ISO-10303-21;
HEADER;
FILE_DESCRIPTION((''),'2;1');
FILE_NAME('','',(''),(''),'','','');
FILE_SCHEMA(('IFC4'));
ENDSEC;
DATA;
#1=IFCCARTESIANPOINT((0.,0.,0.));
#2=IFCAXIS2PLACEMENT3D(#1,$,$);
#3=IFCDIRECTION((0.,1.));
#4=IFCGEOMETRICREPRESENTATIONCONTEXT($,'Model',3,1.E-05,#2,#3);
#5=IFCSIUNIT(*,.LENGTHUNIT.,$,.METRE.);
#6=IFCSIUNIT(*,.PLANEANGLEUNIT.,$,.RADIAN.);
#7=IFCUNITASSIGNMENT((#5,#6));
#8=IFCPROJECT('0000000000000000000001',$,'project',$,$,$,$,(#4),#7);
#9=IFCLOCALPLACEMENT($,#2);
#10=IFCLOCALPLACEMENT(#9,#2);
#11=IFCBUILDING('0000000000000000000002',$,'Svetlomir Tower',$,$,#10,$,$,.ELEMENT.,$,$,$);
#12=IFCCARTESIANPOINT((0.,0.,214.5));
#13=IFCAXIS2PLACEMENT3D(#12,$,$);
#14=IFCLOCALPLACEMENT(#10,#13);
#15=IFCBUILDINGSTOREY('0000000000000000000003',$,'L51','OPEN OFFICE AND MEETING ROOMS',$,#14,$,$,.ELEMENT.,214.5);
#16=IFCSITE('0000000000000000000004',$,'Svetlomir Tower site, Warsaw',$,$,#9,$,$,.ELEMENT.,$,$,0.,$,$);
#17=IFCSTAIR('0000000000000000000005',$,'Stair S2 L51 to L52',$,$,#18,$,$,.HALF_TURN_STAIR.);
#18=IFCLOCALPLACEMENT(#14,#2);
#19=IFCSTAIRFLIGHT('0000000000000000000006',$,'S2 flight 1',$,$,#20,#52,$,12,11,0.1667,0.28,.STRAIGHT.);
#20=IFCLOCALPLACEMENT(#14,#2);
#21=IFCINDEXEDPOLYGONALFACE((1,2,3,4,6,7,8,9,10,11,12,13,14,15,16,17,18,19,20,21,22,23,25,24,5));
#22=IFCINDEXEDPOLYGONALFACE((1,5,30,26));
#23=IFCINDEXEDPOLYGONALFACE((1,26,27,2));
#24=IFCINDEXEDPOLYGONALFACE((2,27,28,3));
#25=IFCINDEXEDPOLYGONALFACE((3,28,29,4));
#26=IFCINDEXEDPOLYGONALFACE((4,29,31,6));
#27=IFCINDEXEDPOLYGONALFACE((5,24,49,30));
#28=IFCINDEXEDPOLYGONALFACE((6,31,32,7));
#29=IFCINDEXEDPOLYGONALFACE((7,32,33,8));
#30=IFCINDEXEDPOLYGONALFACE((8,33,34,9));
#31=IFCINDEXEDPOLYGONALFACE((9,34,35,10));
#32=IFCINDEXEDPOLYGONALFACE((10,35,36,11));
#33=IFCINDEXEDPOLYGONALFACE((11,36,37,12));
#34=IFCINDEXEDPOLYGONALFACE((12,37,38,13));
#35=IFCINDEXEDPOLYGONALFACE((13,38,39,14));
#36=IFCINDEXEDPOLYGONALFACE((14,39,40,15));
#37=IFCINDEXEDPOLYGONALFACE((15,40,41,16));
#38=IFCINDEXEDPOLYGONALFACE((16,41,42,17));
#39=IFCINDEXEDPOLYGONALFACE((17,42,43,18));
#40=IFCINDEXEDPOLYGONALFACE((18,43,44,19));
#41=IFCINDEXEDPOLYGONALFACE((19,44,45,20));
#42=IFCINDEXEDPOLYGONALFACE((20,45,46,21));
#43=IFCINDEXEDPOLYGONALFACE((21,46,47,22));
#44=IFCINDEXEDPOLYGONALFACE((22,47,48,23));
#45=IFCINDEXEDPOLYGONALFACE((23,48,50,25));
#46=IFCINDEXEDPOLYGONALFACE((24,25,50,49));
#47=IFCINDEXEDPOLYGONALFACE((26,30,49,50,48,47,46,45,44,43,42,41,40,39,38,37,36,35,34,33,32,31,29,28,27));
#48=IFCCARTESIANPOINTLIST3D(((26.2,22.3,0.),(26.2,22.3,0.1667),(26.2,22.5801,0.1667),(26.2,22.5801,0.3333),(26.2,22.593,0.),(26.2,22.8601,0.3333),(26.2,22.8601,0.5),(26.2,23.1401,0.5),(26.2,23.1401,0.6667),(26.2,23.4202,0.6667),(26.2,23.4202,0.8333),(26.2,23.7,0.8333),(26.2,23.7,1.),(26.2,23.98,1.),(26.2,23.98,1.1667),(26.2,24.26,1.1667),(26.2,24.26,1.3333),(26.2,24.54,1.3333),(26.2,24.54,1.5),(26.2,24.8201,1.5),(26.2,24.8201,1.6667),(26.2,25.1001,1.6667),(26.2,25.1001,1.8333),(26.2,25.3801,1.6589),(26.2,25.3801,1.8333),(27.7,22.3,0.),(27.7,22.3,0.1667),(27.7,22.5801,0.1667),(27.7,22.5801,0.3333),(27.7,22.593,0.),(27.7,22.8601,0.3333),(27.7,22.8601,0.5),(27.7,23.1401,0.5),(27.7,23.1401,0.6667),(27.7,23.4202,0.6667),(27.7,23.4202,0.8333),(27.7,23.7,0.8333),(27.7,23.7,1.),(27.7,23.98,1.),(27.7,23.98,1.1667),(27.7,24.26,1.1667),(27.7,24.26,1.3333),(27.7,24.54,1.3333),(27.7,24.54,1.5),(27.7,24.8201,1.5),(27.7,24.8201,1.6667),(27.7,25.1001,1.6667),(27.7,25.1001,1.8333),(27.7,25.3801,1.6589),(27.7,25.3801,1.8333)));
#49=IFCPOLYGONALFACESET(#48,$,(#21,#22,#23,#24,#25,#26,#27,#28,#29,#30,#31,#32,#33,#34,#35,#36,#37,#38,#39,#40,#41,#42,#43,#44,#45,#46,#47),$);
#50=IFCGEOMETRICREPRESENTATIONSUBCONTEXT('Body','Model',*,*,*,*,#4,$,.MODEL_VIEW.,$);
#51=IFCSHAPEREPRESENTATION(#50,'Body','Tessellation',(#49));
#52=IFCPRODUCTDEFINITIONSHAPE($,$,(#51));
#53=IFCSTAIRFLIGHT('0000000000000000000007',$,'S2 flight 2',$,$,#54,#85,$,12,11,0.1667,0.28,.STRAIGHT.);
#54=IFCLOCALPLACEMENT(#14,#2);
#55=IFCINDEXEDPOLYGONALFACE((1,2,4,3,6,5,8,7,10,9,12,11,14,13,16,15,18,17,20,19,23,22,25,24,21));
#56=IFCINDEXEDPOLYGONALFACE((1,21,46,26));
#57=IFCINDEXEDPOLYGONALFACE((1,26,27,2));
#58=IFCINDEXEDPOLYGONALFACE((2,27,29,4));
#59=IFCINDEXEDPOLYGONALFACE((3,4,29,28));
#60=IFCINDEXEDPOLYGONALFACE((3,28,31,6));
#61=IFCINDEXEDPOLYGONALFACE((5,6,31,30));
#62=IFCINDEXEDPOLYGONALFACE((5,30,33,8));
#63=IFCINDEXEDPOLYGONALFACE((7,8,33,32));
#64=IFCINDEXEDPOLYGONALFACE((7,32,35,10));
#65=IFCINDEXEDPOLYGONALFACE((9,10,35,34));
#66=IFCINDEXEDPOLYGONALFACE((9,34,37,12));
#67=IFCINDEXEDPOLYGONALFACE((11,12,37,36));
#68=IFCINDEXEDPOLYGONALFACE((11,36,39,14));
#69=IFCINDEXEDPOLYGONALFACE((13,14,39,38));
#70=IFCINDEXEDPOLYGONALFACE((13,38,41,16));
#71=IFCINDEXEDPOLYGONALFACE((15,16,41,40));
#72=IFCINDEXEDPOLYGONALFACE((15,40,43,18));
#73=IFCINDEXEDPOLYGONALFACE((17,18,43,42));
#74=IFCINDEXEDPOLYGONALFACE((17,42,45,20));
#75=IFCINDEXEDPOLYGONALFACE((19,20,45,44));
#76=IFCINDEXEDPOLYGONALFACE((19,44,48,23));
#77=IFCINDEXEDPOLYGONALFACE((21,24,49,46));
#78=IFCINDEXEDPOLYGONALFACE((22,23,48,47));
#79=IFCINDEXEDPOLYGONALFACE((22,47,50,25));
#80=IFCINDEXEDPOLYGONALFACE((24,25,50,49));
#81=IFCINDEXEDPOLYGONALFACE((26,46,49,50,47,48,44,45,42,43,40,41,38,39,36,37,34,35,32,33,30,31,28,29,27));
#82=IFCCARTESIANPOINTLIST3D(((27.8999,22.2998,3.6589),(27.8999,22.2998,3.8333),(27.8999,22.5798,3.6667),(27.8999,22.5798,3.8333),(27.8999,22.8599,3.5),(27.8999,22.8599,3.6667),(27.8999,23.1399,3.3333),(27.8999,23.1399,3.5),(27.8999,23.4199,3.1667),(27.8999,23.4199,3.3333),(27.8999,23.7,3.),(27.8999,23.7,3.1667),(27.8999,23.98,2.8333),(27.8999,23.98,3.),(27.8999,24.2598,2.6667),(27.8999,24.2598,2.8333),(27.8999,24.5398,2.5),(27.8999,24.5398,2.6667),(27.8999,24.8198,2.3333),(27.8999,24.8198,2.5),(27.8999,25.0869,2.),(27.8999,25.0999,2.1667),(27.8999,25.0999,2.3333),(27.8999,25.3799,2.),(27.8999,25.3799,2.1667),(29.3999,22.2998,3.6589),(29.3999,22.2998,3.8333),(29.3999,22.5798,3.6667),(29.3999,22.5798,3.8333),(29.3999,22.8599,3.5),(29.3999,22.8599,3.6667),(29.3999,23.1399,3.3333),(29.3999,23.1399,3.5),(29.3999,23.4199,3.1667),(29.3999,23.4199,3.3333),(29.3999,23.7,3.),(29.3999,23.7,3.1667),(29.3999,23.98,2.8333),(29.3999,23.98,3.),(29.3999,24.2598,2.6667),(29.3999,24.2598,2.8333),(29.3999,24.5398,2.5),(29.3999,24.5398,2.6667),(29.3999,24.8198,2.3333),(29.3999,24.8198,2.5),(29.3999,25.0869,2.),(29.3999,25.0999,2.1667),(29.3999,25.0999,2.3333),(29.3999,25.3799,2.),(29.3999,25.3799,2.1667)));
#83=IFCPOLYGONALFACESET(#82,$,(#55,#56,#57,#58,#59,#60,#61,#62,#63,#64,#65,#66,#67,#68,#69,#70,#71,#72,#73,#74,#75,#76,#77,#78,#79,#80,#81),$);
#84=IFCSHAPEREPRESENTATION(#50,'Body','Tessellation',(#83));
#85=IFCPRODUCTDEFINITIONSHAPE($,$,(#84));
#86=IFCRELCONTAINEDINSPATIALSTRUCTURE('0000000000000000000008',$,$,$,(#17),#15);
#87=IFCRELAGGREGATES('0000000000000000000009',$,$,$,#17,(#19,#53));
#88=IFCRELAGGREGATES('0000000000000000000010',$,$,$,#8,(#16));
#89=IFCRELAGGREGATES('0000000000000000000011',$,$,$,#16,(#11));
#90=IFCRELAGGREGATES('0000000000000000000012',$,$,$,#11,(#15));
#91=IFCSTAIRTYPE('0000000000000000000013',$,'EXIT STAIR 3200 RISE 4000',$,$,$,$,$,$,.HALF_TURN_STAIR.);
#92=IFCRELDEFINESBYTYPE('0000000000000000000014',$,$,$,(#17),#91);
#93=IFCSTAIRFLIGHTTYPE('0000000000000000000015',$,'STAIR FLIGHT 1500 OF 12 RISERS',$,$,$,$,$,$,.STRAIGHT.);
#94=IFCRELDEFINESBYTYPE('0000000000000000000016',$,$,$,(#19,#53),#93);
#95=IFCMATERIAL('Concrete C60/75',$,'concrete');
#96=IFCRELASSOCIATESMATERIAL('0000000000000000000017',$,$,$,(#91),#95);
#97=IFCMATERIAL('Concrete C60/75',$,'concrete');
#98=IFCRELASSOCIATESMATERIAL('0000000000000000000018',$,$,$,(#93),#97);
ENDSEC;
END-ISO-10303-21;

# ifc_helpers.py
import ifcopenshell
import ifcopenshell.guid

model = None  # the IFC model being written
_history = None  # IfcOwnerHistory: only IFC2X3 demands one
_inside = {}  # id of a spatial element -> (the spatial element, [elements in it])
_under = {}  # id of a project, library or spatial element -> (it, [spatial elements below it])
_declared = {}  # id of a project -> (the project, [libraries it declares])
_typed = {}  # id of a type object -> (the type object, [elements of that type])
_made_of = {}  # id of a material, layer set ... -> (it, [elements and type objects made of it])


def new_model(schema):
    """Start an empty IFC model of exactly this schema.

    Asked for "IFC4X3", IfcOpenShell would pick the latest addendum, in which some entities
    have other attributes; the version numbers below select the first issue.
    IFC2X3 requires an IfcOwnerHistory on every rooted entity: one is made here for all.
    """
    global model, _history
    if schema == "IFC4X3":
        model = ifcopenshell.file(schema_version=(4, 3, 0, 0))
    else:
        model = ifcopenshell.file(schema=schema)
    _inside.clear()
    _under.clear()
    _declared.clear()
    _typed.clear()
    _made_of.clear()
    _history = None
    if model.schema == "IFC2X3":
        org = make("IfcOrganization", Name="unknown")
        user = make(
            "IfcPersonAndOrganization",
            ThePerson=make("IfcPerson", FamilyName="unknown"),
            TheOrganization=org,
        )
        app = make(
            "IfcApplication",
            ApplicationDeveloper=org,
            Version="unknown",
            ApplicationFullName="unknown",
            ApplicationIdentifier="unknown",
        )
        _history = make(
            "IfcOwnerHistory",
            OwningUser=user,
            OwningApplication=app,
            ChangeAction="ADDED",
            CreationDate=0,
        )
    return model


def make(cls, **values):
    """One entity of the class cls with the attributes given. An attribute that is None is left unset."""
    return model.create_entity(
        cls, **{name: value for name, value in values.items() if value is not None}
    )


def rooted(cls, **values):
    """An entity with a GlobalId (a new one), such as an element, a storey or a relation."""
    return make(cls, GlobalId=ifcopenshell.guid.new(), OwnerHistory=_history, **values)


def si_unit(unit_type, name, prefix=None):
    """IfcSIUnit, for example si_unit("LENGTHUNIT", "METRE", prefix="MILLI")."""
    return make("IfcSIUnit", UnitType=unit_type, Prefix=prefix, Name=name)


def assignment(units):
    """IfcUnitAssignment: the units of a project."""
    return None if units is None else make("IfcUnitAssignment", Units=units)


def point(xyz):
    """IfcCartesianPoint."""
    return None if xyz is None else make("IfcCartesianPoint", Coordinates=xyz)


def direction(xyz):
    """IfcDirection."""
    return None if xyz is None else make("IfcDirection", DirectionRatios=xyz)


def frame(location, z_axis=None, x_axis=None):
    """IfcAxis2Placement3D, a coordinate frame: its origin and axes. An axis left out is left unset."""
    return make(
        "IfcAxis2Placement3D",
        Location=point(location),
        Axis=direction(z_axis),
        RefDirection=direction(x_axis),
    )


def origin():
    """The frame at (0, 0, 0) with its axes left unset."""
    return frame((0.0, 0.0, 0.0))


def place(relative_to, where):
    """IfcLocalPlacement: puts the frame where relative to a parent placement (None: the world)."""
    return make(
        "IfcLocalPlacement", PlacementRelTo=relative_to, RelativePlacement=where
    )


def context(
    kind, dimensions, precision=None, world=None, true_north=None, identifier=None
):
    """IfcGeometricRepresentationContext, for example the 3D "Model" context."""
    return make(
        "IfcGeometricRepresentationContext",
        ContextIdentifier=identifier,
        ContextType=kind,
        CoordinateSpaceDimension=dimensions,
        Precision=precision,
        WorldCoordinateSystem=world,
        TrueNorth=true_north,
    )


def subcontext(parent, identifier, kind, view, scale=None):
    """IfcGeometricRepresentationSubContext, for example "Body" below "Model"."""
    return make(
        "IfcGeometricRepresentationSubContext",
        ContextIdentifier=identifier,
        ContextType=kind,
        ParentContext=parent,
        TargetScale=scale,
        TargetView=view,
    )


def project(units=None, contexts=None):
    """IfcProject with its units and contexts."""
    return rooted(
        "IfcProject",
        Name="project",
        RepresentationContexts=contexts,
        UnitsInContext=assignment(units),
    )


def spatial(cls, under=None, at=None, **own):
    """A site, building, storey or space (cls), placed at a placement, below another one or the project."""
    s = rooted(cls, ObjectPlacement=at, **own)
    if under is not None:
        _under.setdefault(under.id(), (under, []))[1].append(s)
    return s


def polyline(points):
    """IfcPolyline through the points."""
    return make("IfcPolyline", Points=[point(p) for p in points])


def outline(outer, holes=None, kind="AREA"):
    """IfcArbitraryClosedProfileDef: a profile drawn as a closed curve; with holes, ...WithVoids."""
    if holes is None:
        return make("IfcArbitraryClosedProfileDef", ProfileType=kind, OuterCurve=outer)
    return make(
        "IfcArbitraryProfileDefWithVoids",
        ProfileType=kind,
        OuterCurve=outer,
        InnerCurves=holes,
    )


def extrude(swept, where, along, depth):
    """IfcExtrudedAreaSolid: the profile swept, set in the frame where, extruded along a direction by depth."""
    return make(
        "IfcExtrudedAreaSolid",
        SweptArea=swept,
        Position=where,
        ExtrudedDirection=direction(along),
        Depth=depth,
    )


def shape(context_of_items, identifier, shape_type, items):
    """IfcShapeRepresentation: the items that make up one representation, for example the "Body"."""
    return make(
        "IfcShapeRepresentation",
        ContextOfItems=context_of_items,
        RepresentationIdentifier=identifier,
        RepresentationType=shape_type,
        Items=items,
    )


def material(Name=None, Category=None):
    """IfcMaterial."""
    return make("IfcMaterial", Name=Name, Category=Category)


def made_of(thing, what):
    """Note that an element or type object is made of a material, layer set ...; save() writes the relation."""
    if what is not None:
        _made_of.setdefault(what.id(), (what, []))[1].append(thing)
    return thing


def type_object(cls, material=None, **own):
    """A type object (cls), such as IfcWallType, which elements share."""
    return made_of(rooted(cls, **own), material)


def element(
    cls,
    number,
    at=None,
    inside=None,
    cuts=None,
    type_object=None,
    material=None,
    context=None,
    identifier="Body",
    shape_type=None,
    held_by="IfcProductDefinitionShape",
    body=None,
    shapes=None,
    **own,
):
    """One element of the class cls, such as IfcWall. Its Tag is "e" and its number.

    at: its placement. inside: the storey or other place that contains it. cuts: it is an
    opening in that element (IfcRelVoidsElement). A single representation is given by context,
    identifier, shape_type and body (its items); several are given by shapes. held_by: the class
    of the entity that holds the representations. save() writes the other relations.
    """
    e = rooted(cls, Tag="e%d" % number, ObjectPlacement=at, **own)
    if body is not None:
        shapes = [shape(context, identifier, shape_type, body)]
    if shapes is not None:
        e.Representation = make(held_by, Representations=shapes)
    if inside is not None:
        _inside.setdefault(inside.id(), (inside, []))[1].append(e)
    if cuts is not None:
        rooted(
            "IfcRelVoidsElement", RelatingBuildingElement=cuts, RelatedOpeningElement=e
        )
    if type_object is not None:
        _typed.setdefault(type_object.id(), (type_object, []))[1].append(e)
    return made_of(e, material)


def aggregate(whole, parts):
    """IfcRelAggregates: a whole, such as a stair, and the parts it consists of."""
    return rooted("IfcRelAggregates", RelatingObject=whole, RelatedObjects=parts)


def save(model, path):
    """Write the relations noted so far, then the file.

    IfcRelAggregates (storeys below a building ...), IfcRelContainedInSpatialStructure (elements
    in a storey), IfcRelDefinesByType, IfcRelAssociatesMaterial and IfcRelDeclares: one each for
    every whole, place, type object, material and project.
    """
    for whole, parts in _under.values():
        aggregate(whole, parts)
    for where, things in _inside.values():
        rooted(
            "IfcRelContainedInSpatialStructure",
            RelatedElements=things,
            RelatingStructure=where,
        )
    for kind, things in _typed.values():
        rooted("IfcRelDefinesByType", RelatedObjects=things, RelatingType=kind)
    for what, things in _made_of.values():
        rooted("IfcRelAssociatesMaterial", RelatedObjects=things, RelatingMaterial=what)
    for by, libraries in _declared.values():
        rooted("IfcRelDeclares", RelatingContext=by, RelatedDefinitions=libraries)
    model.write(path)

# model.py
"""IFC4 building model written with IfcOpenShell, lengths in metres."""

from ifc_helpers import new_model, si_unit, direction, frame, origin, place, context, subcontext, project, spatial, polyline, outline, extrude, material, type_object, element, aggregate, save


model = new_model("IFC4")

# Units and contexts
model_context = context("Model", 3, precision=1e-05, world=origin(), true_north=direction((0.0, 1.0)))
body_context = subcontext(model_context, "Body", "Model", "MODEL_VIEW")
ifc_project = project(units=[si_unit("LENGTHUNIT", "METRE"), si_unit("PLANEANGLEUNIT", "RADIAN")], contexts=[model_context])

# Site, building, storey
site_placement = place(None, origin())
site = spatial("IfcSite", under=ifc_project, at=site_placement, Name="Svetlomir Tower site, Warsaw", CompositionType="ELEMENT", RefElevation=0.0)
building_placement = place(site_placement, origin())
building = spatial("IfcBuilding", under=site, at=building_placement, Name="Svetlomir Tower", CompositionType="ELEMENT")
storey_placement = place(building_placement, frame((0.0, 0.0, 214.5)))
storey = spatial("IfcBuildingStorey", under=building, at=storey_placement, Name="L51", Description="OPEN OFFICE AND MEETING ROOMS", CompositionType="ELEMENT", Elevation=214.5)

# Stair, stair flights
ifc_material_1 = material(Name="Concrete C60/75", Category="concrete")
stair_type = type_object("IfcStairType", Name="EXIT STAIR 3200 RISE 4000", PredefinedType="HALF_TURN_STAIR", material=ifc_material_1)
stair_placement = place(storey_placement, origin())
stair = element("IfcStair", 1, at=stair_placement, inside=storey, type_object=stair_type, Name="Stair S2 L51 to L52", PredefinedType="HALF_TURN_STAIR")
ifc_material_2 = material(Name="Concrete C60/75", Category="concrete")
stair_flight_type = type_object("IfcStairFlightType", Name="STAIR FLIGHT 1500 OF 12 RISERS", PredefinedType="STRAIGHT", material=ifc_material_2)
stair_flight_1_placement = place(storey_placement, frame((26.95, 22.3, 0.0), z_axis=(0.0, 0.0, 1.0), x_axis=(0.0, 1.0, 0.0)))
stair_flight_1 = element("IfcStairFlight", 2, at=stair_flight_1_placement, type_object=stair_flight_type, Name="S2 flight 1", NumberOfRisers=12, NumberOfTreads=11, PredefinedType="STRAIGHT", RiserHeight=0.1667, TreadLength=0.28, context=body_context, shape_type="SweptSolid", body=[
    extrude(outline(polyline([(0.0, 0.0), (0.0, 0.1667), (0.28, 0.1667), (0.28, 0.3333), (0.5601, 0.3333), (0.5601, 0.5), (0.8401, 0.5), (0.8401, 0.6667), (1.1201, 0.6667), (1.1201, 0.8333), (1.3999, 0.8333), (1.3999, 1.0), (1.6799, 1.0), (1.6799, 1.1667), (1.96, 1.1667), (1.96, 1.3333), (2.24, 1.3333), (2.24, 1.5), (2.52, 1.5), (2.52, 1.6667), (2.8, 1.6667), (2.8, 1.8333), (3.0801, 1.8333), (3.0801, 2.0), (3.0801, 1.6589), (0.293, 0.0), (0.0, 0.0)])), frame((0.0, 0.75, 0.0), z_axis=(0.0, -1.0, 0.0), x_axis=(1.0, 0.0, 0.0)), (0.0, 0.0, 1.0), 1.5),
])
stair_flight_2_placement = place(storey_placement, frame((28.6499, 25.3799, 2.0), z_axis=(0.0, 0.0, 1.0), x_axis=(0.0, -1.0, 0.0)))
stair_flight_2 = element("IfcStairFlight", 3, at=stair_flight_2_placement, type_object=stair_flight_type, Name="S2 flight 2", NumberOfRisers=12, NumberOfTreads=11, PredefinedType="STRAIGHT", RiserHeight=0.1667, TreadLength=0.28, context=body_context, shape_type="SweptSolid", body=[
    extrude(outline(polyline([(0.0, 0.0), (0.0, 0.1667), (0.28, 0.1667), (0.28, 0.3333), (0.5601, 0.3333), (0.5601, 0.5), (0.8401, 0.5), (0.8401, 0.6667), (1.1201, 0.6667), (1.1201, 0.8333), (1.3999, 0.8333), (1.3999, 1.0), (1.6799, 1.0), (1.6799, 1.1667), (1.96, 1.1667), (1.96, 1.3333), (2.24, 1.3333), (2.24, 1.5), (2.52, 1.5), (2.52, 1.6667), (2.8, 1.6667), (2.8, 1.8333), (3.0801, 1.8333), (3.0801, 2.0), (3.0801, 1.6589), (0.293, 0.0), (0.0, 0.0)])), frame((0.0, 0.75, 0.0), z_axis=(0.0, -1.0, 0.0), x_axis=(1.0, 0.0, 0.0)), (0.0, 0.0, 1.0), 1.5),
])
aggregate(stair, [stair_flight_1, stair_flight_2])

save(model, "model.ifc")
